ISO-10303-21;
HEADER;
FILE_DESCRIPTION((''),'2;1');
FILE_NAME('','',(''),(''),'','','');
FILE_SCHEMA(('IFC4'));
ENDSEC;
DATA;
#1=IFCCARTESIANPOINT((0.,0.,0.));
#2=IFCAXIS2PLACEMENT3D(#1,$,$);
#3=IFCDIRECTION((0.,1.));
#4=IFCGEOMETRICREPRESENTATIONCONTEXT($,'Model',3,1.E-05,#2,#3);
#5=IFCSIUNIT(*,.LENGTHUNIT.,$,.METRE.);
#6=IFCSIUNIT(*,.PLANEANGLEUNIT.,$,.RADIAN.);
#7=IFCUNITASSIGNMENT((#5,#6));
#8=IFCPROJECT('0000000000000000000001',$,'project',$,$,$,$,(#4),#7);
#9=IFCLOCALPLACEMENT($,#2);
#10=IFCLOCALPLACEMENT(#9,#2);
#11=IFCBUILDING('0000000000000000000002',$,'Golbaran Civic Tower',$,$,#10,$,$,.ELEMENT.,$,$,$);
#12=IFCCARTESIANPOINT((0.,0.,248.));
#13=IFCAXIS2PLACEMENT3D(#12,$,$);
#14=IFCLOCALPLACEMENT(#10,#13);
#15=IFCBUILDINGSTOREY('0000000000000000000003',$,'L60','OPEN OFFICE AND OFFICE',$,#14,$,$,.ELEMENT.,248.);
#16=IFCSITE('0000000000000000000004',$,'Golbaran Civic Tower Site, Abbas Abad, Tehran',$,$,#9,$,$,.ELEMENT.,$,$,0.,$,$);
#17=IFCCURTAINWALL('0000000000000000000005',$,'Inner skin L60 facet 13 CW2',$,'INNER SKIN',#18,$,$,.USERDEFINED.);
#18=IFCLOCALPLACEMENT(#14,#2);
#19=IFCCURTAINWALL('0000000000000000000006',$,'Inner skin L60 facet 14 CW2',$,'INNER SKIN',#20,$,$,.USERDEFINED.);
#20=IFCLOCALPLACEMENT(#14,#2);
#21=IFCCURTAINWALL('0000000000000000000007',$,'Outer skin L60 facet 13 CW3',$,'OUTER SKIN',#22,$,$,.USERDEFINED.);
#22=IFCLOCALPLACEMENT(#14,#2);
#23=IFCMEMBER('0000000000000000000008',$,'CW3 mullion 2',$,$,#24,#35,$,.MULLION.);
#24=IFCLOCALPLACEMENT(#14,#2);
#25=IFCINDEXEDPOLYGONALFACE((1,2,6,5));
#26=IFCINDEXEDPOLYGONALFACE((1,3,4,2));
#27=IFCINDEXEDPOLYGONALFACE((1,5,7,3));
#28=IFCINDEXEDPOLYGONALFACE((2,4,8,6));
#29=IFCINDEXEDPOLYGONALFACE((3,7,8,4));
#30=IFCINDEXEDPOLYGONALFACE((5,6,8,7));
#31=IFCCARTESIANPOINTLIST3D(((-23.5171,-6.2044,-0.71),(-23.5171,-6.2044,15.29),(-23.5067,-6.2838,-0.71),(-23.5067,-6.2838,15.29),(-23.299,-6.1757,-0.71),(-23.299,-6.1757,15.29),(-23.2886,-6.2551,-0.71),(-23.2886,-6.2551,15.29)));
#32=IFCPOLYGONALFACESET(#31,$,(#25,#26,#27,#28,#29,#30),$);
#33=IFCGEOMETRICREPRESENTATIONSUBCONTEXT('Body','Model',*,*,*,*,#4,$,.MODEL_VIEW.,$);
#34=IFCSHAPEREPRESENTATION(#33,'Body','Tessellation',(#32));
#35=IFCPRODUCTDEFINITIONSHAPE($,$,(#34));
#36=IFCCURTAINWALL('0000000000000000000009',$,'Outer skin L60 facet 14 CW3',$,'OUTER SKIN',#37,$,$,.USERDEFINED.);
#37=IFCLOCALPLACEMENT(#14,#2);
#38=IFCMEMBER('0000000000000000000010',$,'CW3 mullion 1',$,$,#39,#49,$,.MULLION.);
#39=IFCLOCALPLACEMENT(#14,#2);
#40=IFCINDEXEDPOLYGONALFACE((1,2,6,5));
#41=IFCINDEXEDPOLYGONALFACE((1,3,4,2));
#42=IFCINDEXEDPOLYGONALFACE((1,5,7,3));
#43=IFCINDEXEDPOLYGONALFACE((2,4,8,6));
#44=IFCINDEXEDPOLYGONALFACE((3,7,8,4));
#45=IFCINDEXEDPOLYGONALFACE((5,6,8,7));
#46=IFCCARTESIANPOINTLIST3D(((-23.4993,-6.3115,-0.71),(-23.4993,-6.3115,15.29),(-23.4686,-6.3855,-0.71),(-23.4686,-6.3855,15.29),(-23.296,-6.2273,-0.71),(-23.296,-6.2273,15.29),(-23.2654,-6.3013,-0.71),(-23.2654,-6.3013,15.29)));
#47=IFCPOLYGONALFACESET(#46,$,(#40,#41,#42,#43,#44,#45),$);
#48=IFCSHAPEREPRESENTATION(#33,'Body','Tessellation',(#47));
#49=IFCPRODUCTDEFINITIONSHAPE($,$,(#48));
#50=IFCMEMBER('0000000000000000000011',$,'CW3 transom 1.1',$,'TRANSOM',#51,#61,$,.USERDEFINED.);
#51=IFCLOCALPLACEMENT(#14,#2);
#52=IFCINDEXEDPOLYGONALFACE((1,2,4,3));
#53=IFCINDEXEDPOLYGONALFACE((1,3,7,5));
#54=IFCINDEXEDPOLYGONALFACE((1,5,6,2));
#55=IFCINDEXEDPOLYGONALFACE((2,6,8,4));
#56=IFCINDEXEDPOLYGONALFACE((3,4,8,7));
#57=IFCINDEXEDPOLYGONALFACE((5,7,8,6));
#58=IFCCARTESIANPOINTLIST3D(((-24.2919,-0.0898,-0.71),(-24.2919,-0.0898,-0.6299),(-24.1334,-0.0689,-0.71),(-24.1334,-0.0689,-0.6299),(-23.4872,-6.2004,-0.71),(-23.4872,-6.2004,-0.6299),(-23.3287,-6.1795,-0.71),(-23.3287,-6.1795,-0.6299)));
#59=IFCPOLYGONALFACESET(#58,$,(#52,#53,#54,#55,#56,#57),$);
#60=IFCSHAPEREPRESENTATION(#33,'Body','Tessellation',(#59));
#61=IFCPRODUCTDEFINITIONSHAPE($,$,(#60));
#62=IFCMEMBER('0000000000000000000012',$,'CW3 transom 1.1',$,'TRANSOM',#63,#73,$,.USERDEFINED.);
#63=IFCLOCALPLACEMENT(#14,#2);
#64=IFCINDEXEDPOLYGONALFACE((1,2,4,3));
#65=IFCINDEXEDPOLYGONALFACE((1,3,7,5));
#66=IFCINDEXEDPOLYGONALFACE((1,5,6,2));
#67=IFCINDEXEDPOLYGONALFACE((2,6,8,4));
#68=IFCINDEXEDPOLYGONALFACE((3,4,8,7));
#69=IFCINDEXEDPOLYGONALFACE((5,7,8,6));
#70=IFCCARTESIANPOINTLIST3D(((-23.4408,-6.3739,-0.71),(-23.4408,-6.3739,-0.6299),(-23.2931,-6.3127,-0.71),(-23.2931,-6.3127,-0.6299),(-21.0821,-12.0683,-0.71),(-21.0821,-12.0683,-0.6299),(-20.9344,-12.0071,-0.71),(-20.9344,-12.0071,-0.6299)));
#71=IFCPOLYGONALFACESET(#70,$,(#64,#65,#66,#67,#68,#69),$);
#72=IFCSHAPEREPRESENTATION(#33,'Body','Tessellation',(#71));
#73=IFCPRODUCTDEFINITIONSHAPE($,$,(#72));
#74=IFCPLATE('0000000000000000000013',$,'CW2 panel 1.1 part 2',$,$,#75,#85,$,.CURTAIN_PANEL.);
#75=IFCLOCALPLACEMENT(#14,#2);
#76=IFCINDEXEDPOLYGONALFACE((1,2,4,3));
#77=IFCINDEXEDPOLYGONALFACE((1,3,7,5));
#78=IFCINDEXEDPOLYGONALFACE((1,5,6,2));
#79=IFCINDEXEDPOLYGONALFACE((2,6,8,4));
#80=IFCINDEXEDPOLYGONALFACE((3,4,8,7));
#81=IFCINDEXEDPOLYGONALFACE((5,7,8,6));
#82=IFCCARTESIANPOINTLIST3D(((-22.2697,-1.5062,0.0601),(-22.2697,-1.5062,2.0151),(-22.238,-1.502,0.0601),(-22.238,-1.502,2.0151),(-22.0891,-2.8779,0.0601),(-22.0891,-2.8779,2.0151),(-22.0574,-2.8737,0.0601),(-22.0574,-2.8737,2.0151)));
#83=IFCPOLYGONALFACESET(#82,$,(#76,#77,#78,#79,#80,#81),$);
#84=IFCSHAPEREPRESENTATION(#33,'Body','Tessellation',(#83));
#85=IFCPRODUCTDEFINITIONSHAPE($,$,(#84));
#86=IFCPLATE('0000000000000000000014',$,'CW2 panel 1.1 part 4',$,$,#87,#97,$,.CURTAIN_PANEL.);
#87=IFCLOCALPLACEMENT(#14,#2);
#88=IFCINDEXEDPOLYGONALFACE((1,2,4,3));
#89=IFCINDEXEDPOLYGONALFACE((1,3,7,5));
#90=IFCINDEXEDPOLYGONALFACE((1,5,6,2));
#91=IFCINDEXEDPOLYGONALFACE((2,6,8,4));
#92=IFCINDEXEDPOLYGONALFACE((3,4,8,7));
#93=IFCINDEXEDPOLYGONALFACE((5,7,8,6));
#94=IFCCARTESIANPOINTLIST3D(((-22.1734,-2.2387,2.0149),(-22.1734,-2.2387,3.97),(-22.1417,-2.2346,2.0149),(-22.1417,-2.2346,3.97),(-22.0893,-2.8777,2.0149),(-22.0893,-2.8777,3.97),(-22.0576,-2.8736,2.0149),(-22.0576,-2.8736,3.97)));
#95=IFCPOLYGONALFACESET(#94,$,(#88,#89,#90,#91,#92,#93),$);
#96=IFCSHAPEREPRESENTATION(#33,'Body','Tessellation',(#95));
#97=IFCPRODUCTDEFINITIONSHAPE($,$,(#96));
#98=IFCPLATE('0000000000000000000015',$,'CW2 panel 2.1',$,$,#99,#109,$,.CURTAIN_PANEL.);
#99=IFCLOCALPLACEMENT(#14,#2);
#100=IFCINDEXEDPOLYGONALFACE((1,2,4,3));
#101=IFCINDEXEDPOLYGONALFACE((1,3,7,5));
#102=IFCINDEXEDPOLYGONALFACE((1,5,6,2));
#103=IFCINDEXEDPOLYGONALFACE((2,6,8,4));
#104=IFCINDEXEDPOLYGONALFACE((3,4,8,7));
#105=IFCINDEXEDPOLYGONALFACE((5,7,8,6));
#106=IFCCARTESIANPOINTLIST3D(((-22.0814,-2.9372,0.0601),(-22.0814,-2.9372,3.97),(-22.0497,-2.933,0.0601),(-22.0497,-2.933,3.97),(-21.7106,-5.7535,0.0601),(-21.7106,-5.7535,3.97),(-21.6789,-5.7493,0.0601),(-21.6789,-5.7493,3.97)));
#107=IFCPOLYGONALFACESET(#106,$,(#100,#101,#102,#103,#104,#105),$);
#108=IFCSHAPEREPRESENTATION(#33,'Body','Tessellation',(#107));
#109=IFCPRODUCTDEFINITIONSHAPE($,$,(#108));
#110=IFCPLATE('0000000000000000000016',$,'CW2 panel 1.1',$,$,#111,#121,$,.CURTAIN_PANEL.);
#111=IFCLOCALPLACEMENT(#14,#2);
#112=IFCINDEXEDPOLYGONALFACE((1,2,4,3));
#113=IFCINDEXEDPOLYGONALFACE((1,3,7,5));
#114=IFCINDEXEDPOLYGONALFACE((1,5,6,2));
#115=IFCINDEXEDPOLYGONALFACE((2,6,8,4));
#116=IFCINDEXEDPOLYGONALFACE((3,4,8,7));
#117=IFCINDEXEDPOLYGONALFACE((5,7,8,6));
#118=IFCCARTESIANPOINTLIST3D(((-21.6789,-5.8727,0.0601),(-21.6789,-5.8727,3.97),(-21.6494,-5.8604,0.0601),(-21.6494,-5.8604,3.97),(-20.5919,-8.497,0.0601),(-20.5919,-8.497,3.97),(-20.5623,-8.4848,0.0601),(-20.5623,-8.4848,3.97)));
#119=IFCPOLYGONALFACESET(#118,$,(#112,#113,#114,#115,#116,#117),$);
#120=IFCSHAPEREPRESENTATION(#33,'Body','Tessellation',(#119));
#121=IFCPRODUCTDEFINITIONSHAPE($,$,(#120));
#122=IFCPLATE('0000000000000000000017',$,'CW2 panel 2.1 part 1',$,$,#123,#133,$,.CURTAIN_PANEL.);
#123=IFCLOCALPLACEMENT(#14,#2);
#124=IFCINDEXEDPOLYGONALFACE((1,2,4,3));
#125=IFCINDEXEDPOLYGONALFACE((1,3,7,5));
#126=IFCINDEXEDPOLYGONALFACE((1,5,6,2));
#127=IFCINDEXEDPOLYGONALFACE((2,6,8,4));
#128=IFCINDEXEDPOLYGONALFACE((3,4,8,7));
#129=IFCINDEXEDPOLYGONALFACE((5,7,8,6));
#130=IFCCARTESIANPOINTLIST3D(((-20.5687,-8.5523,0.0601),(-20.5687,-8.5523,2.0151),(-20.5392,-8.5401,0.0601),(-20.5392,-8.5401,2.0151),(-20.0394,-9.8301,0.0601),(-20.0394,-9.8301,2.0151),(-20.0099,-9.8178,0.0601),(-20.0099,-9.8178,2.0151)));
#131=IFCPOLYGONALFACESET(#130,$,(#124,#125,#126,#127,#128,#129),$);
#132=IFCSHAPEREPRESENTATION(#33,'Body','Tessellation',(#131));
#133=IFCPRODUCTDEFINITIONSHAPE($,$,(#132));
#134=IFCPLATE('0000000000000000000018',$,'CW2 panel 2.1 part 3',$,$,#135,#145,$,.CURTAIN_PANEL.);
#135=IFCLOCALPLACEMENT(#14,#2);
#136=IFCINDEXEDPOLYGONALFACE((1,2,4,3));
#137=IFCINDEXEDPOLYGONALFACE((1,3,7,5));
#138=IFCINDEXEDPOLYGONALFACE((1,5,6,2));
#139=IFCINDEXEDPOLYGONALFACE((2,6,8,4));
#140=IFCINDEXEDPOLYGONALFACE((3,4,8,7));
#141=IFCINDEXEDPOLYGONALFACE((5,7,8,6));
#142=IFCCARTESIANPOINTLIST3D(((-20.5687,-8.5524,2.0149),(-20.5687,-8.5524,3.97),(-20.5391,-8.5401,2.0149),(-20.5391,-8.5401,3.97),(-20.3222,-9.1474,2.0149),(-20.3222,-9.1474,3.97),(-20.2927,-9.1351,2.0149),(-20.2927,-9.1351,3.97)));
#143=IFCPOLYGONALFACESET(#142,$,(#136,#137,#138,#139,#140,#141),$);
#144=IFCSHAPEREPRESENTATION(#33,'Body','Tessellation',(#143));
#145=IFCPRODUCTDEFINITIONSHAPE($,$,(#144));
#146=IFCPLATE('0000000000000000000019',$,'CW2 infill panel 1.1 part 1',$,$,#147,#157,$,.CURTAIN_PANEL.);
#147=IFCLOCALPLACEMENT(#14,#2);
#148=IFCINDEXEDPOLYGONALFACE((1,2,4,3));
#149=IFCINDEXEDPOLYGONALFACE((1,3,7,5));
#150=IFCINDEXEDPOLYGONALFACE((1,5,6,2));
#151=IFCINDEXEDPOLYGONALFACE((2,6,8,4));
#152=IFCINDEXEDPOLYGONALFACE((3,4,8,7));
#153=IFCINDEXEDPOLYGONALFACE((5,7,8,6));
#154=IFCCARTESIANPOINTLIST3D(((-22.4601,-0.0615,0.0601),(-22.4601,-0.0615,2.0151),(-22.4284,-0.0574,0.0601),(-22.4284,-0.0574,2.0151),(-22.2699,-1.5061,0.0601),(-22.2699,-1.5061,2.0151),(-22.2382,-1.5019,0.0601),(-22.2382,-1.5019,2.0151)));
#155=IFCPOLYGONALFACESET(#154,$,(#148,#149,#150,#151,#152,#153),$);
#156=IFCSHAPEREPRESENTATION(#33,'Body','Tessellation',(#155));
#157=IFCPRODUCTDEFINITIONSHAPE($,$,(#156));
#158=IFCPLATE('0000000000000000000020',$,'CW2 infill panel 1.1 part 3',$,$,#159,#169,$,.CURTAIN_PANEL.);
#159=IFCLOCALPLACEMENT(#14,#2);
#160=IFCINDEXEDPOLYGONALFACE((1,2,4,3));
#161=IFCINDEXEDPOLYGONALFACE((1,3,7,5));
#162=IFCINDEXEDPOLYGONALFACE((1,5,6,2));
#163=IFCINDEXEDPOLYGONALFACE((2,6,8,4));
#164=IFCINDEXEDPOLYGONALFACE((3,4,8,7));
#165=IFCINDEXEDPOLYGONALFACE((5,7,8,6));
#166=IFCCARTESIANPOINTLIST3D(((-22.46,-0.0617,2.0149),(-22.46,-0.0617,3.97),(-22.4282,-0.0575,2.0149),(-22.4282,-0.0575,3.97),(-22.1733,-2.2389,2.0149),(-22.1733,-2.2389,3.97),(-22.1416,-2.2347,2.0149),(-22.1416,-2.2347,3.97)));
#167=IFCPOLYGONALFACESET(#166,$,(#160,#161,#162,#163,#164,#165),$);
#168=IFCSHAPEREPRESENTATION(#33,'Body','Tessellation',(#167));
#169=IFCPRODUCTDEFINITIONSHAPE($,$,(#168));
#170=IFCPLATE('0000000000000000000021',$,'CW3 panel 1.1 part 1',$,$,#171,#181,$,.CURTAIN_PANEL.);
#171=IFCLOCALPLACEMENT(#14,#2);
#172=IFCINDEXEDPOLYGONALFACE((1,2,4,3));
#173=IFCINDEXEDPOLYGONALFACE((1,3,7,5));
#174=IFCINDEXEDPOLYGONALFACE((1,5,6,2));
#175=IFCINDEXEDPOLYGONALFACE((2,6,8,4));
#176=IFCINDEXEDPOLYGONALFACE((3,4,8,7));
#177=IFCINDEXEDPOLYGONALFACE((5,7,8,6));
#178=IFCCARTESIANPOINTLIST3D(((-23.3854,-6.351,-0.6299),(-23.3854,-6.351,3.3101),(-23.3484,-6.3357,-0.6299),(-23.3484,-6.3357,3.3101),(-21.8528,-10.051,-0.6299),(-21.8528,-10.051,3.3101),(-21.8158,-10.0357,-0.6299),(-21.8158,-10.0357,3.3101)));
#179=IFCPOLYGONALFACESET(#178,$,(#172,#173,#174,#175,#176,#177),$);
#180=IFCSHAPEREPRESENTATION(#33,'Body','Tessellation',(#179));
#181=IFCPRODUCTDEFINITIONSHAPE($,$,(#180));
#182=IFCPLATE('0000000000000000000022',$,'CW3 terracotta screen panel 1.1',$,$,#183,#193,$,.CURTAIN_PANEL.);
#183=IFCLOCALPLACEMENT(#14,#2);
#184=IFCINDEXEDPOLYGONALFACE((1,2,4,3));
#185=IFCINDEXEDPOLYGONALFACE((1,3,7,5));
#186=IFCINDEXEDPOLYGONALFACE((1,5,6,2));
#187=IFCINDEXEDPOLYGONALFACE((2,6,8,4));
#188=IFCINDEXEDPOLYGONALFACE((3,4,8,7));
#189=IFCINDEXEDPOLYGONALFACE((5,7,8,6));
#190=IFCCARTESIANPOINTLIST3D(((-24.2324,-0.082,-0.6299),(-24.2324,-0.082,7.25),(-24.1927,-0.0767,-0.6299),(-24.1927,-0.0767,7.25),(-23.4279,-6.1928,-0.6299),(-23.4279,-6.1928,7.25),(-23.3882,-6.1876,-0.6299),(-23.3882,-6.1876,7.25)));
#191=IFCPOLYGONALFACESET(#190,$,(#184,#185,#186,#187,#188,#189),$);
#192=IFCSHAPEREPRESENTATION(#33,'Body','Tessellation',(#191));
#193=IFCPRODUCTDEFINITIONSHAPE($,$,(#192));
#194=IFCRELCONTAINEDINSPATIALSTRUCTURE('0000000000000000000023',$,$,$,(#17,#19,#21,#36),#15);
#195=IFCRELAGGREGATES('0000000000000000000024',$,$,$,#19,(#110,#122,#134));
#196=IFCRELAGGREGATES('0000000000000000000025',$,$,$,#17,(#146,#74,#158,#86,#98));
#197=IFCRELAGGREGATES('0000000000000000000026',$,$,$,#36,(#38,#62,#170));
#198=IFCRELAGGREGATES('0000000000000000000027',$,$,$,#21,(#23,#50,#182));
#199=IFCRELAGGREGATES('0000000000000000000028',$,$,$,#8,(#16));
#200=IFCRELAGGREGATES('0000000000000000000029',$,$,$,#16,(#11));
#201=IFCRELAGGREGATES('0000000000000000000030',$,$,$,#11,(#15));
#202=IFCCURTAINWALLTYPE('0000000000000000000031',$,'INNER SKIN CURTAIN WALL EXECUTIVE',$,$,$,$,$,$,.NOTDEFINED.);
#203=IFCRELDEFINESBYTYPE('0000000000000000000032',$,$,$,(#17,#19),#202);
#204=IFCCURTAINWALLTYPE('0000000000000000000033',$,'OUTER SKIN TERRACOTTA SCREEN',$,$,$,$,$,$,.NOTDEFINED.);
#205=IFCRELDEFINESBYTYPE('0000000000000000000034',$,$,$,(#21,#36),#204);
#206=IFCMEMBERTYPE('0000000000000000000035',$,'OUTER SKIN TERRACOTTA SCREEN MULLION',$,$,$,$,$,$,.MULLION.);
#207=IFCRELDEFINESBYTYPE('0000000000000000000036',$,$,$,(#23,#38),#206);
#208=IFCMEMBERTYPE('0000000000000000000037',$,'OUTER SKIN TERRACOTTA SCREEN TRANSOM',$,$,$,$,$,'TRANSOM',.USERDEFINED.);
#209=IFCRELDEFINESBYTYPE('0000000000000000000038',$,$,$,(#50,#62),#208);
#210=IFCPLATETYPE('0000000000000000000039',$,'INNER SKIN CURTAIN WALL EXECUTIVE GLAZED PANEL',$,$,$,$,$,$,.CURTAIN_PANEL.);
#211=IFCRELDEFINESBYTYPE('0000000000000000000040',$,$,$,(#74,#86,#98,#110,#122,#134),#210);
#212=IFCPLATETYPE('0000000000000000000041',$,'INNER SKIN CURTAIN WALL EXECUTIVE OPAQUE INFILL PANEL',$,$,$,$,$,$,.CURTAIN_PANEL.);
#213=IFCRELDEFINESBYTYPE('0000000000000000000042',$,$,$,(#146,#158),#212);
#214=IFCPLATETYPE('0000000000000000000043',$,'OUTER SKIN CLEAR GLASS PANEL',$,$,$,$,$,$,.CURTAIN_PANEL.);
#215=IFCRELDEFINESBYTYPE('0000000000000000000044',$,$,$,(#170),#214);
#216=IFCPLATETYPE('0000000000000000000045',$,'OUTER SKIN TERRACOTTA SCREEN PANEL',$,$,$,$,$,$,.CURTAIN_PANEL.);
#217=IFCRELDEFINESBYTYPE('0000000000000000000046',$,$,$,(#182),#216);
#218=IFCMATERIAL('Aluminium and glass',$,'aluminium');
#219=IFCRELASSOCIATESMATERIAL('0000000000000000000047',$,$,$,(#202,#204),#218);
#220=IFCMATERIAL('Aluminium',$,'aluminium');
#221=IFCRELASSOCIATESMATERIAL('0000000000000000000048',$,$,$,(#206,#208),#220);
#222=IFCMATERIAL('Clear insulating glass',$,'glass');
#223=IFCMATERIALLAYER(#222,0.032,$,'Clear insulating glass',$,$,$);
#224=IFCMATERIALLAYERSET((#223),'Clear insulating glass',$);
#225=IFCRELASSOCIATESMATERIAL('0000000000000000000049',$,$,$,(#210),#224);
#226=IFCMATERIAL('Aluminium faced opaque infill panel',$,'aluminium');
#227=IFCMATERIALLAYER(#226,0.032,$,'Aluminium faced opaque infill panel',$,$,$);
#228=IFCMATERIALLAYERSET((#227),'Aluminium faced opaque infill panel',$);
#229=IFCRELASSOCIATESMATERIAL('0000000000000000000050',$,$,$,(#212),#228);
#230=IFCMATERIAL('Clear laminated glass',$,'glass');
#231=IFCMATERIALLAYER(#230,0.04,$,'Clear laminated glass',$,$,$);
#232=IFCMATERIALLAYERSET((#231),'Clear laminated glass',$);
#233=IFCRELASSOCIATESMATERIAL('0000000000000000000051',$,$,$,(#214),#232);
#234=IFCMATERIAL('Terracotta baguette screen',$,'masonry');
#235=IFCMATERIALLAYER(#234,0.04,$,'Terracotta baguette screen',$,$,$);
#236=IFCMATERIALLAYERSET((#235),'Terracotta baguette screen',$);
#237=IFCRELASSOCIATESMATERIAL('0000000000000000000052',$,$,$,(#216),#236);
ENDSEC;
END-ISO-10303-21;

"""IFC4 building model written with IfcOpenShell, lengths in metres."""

from ifc_helpers import new_model, si_unit, direction, frame, origin, origin_2d, place, context, subcontext, project, spatial, rectangle, extrude, material, layer, layer_set, material_profile, profile_set, type_object, element, aggregate, save


model = new_model("IFC4")

# Units and contexts
model_context = context("Model", 3, precision=1e-05, world=origin(), true_north=direction((0.0, 1.0)))
body_context = subcontext(model_context, "Body", "Model", "MODEL_VIEW")
ifc_project = project(units=[si_unit("LENGTHUNIT", "METRE"), si_unit("PLANEANGLEUNIT", "RADIAN")], contexts=[model_context])

# Site, building, storey
site_placement = place(None, origin())
site = spatial("IfcSite", under=ifc_project, at=site_placement, Name="Golbaran Civic Tower Site, Abbas Abad, Tehran", CompositionType="ELEMENT", RefElevation=0.0)
building_placement = place(site_placement, origin())
building = spatial("IfcBuilding", under=site, at=building_placement, Name="Golbaran Civic Tower", CompositionType="ELEMENT")
storey_placement = place(building_placement, frame((0.0, 0.0, 248.0)))
storey = spatial("IfcBuildingStorey", under=building, at=storey_placement, Name="L60", Description="OPEN OFFICE AND OFFICE", CompositionType="ELEMENT", Elevation=248.0)

# Curtain walls
ifc_material_1 = material(Name="Aluminium and glass", Category="aluminium")
curtain_wall_type_1 = type_object("IfcCurtainWallType", Name="INNER SKIN CURTAIN WALL EXECUTIVE", PredefinedType="NOTDEFINED", material=ifc_material_1)
curtain_wall_1_placement = place(storey_placement, origin())
curtain_wall_1 = element("IfcCurtainWall", 1, at=curtain_wall_1_placement, inside=storey, type_object=curtain_wall_type_1, Name="Inner skin L60 facet 13 CW2", ObjectType="INNER SKIN", PredefinedType="USERDEFINED")
ifc_material_2 = material(Name="Aluminium", Category="aluminium")
curtain_wall_2_placement = place(storey_placement, origin())
curtain_wall_2 = element("IfcCurtainWall", 2, at=curtain_wall_2_placement, inside=storey, type_object=curtain_wall_type_1, Name="Inner skin L60 facet 14 CW2", ObjectType="INNER SKIN", PredefinedType="USERDEFINED")

# Curtain wall, member
curtain_wall_type_2 = type_object("IfcCurtainWallType", Name="OUTER SKIN TERRACOTTA SCREEN", PredefinedType="NOTDEFINED", material=ifc_material_1)
curtain_wall_3_placement = place(storey_placement, origin())
curtain_wall_3 = element("IfcCurtainWall", 3, at=curtain_wall_3_placement, inside=storey, type_object=curtain_wall_type_2, Name="Outer skin L60 facet 13 CW3", ObjectType="OUTER SKIN", PredefinedType="USERDEFINED")
ifc_material_profile_1 = material_profile(ifc_material_2, rectangle(XDim=0.22, YDim=0.0801, at=origin_2d()), Name="OUTER SKIN TERRACOTTA SCREEN MULLION")
ifc_profile_set_1 = profile_set([ifc_material_profile_1], Name="Aluminium")
member_type_1 = type_object("IfcMemberType", Name="OUTER SKIN TERRACOTTA SCREEN MULLION", PredefinedType="MULLION", material=ifc_profile_set_1)
member_1_placement = place(storey_placement, frame((-23.4028, -6.2297, -0.71), z_axis=(0.0, 0.0, 1.0), x_axis=(0.991445, 0.130526, 0.0)))
member_1 = element("IfcMember", 4, at=member_1_placement, type_object=member_type_1, Name="CW3 mullion 2", PredefinedType="MULLION", context=body_context, shape_type="SweptSolid", body=[
    extrude(rectangle(XDim=0.22, YDim=0.0801, at=origin_2d()), origin(), (0.0, 0.0, 1.0), 16.0),
])

# Curtain wall, member
curtain_wall_4_placement = place(storey_placement, origin())
curtain_wall_4 = element("IfcCurtainWall", 5, at=curtain_wall_4_placement, inside=storey, type_object=curtain_wall_type_2, Name="Outer skin L60 facet 14 CW3", ObjectType="OUTER SKIN", PredefinedType="USERDEFINED")
member_2_placement = place(storey_placement, frame((-23.3823, -6.3064, -0.71), z_axis=(0.0, 0.0, 1.0), x_axis=(0.92388, 0.382683, 0.0)))
member_2 = element("IfcMember", 6, at=member_2_placement, type_object=member_type_1, Name="CW3 mullion 1", PredefinedType="MULLION", context=body_context, shape_type="SweptSolid", body=[
    extrude(rectangle(XDim=0.22, YDim=0.0801, at=origin_2d()), origin(), (0.0, 0.0, 1.0), 16.0),
])

# Members
ifc_material_profile_2 = material_profile(ifc_material_2, rectangle(XDim=0.1599, YDim=0.0801, at=origin_2d()), Name="OUTER SKIN TERRACOTTA SCREEN TRANSOM")
ifc_profile_set_2 = profile_set([ifc_material_profile_2], Name="Aluminium")
member_type_2 = type_object("IfcMemberType", Name="OUTER SKIN TERRACOTTA SCREEN TRANSOM", ElementType="TRANSOM", PredefinedType="USERDEFINED", material=ifc_profile_set_2)
member_3_placement = place(storey_placement, frame((-24.2126, -0.0793, -0.6699), z_axis=(0.13056, -0.99144, 0.0), x_axis=(0.99144, 0.13056, 0.0)))
member_3 = element("IfcMember", 7, at=member_3_placement, type_object=member_type_2, Name="CW3 transom 1.1", ObjectType="TRANSOM", PredefinedType="USERDEFINED", context=body_context, shape_type="SweptSolid", body=[
    extrude(rectangle(XDim=0.1599, YDim=0.0801, at=origin_2d()), origin(), (0.0, 0.0, 1.0), 6.1633),
])
member_4_placement = place(storey_placement, frame((-23.3669, -6.3433, -0.6699), z_axis=(0.382679, -0.923881, 0.0), x_axis=(0.923881, 0.382679, 0.0)))
member_4 = element("IfcMember", 8, at=member_4_placement, type_object=member_type_2, Name="CW3 transom 1.1", ObjectType="TRANSOM", PredefinedType="USERDEFINED", context=body_context, shape_type="SweptSolid", body=[
    extrude(rectangle(XDim=0.1599, YDim=0.0801, at=origin_2d()), origin(), (0.0, 0.0, 1.0), 6.1636),
])

# Plates
ifc_material_3 = material(Name="Clear insulating glass", Category="glass")
ifc_layer_1 = layer(ifc_material_3, 0.032, Name="Clear insulating glass")
ifc_layer_set_1 = layer_set([ifc_layer_1], Name="Clear insulating glass")
plate_type_1 = type_object("IfcPlateType", Name="INNER SKIN CURTAIN WALL EXECUTIVE GLAZED PANEL", PredefinedType="CURTAIN_PANEL", material=ifc_layer_set_1)
plate_1_placement = place(storey_placement, frame((-22.1636, -2.1899, 0.0601), z_axis=(0.0, 0.0, 1.0), x_axis=(0.130526, -0.991445, 0.0)))
plate_1 = element("IfcPlate", 9, at=plate_1_placement, type_object=plate_type_1, Name="CW2 panel 1.1 part 2", PredefinedType="CURTAIN_PANEL", context=body_context, shape_type="SweptSolid", body=[
    extrude(rectangle(XDim=1.3835, YDim=0.032, at=origin_2d()), origin(), (0.0, 0.0, 1.0), 1.9551),
])
plate_2_placement = place(storey_placement, frame((-22.1155, -2.5562, 2.0149), z_axis=(0.0, 0.0, 1.0), x_axis=(0.130526, -0.991445, 0.0)))
plate_2 = element("IfcPlate", 10, at=plate_2_placement, type_object=plate_type_1, Name="CW2 panel 1.1 part 4", PredefinedType="CURTAIN_PANEL", context=body_context, shape_type="SweptSolid", body=[
    extrude(rectangle(XDim=0.6445, YDim=0.032, at=origin_2d()), origin(), (0.0, 0.0, 1.0), 1.9551),
])
plate_3_placement = place(storey_placement, frame((-21.8801, -4.3433, 0.0601), z_axis=(0.0, 0.0, 1.0), x_axis=(0.130526, -0.991445, 0.0)))
plate_3 = element("IfcPlate", 11, at=plate_3_placement, type_object=plate_type_1, Name="CW2 panel 2.1", PredefinedType="CURTAIN_PANEL", context=body_context, shape_type="SweptSolid", body=[
    extrude(rectangle(XDim=2.8406, YDim=0.032, at=origin_2d()), origin(), (0.0, 0.0, 1.0), 3.9099),
])
plate_4_placement = place(storey_placement, frame((-21.1206, -7.1787, 0.0601), z_axis=(0.0, 0.0, 1.0), x_axis=(0.382683, -0.92388, 0.0)))
plate_4 = element("IfcPlate", 12, at=plate_4_placement, type_object=plate_type_1, Name="CW2 panel 1.1", PredefinedType="CURTAIN_PANEL", context=body_context, shape_type="SweptSolid", body=[
    extrude(rectangle(XDim=2.8406, YDim=0.032, at=origin_2d()), origin(), (0.0, 0.0, 1.0), 3.9099),
])
plate_5_placement = place(storey_placement, frame((-20.2893, -9.1851, 0.0601), z_axis=(0.0, 0.0, 1.0), x_axis=(0.382683, -0.92388, 0.0)))
plate_5 = element("IfcPlate", 13, at=plate_5_placement, type_object=plate_type_1, Name="CW2 panel 2.1 part 1", PredefinedType="CURTAIN_PANEL", context=body_context, shape_type="SweptSolid", body=[
    extrude(rectangle(XDim=1.3831, YDim=0.032, at=origin_2d()), origin(), (0.0, 0.0, 1.0), 1.9551),
])
plate_6_placement = place(storey_placement, frame((-20.4307, -8.8438, 2.0149), z_axis=(0.0, 0.0, 1.0), x_axis=(0.382683, -0.92388, 0.0)))
plate_6 = element("IfcPlate", 14, at=plate_6_placement, type_object=plate_type_1, Name="CW2 panel 2.1 part 3", PredefinedType="CURTAIN_PANEL", context=body_context, shape_type="SweptSolid", body=[
    extrude(rectangle(XDim=0.644, YDim=0.032, at=origin_2d()), origin(), (0.0, 0.0, 1.0), 1.9551),
])
aggregate(curtain_wall_2, [plate_4, plate_5, plate_6])
ifc_material_4 = material(Name="Aluminium faced opaque infill panel", Category="aluminium")
ifc_layer_2 = layer(ifc_material_4, 0.032, Name="Aluminium faced opaque infill panel")
ifc_layer_set_2 = layer_set([ifc_layer_2], Name="Aluminium faced opaque infill panel")
plate_type_2 = type_object("IfcPlateType", Name="INNER SKIN CURTAIN WALL EXECUTIVE OPAQUE INFILL PANEL", PredefinedType="CURTAIN_PANEL", material=ifc_layer_set_2)
plate_7_placement = place(storey_placement, frame((-22.3491, -0.7817, 0.0601), z_axis=(0.0, 0.0, 1.0), x_axis=(0.130526, -0.991445, 0.0)))
plate_7 = element("IfcPlate", 15, at=plate_7_placement, type_object=plate_type_2, Name="CW2 infill panel 1.1 part 1", PredefinedType="CURTAIN_PANEL", context=body_context, shape_type="SweptSolid", body=[
    extrude(rectangle(XDim=1.457, YDim=0.032, at=origin_2d()), origin(), (0.0, 0.0, 1.0), 1.9551),
])
plate_8_placement = place(storey_placement, frame((-22.3008, -1.1482, 2.0149), z_axis=(0.0, 0.0, 1.0), x_axis=(0.130526, -0.991445, 0.0)))
plate_8 = element("IfcPlate", 16, at=plate_8_placement, type_object=plate_type_2, Name="CW2 infill panel 1.1 part 3", PredefinedType="CURTAIN_PANEL", context=body_context, shape_type="SweptSolid", body=[
    extrude(rectangle(XDim=2.196, YDim=0.032, at=origin_2d()), origin(), (0.0, 0.0, 1.0), 1.9551),
])
aggregate(curtain_wall_1, [plate_7, plate_1, plate_8, plate_2, plate_3])
ifc_material_5 = material(Name="Clear laminated glass", Category="glass")
ifc_layer_3 = layer(ifc_material_5, 0.04, Name="Clear laminated glass")
ifc_layer_set_3 = layer_set([ifc_layer_3], Name="Clear laminated glass")
plate_type_3 = type_object("IfcPlateType", Name="OUTER SKIN CLEAR GLASS PANEL", PredefinedType="CURTAIN_PANEL", material=ifc_layer_set_3)
plate_9_placement = place(storey_placement, frame((-22.6006, -8.1934, -0.6299), z_axis=(0.0, 0.0, 1.0), x_axis=(0.382683, -0.92388, 0.0)))
plate_9 = element("IfcPlate", 17, at=plate_9_placement, type_object=plate_type_3, Name="CW3 panel 1.1 part 1", PredefinedType="CURTAIN_PANEL", context=body_context, shape_type="SweptSolid", body=[
    extrude(rectangle(XDim=4.0049, YDim=0.04, at=origin_2d()), origin(), (0.0, 0.0, 1.0), 3.9399),
])
aggregate(curtain_wall_4, [member_2, member_4, plate_9])
ifc_material_6 = material(Name="Terracotta baguette screen", Category="masonry")
ifc_layer_4 = layer(ifc_material_6, 0.04, Name="Terracotta baguette screen")
ifc_layer_set_4 = layer_set([ifc_layer_4], Name="Terracotta baguette screen")
plate_type_4 = type_object("IfcPlateType", Name="OUTER SKIN TERRACOTTA SCREEN PANEL", PredefinedType="CURTAIN_PANEL", material=ifc_layer_set_4)
plate_10_placement = place(storey_placement, frame((-23.8103, -3.1348, -0.6299), z_axis=(0.0, 0.0, 1.0), x_axis=(0.130526, -0.991445, 0.0)))
plate_10 = element("IfcPlate", 18, at=plate_10_placement, type_object=plate_type_4, Name="CW3 terracotta screen panel 1.1", PredefinedType="CURTAIN_PANEL", context=body_context, shape_type="SweptSolid", body=[
    extrude(rectangle(XDim=6.1636, YDim=0.04, at=origin_2d()), origin(), (0.0, 0.0, 1.0), 7.8799),
])
aggregate(curtain_wall_3, [member_1, member_3, plate_10])

save(model, "model.ifc")
